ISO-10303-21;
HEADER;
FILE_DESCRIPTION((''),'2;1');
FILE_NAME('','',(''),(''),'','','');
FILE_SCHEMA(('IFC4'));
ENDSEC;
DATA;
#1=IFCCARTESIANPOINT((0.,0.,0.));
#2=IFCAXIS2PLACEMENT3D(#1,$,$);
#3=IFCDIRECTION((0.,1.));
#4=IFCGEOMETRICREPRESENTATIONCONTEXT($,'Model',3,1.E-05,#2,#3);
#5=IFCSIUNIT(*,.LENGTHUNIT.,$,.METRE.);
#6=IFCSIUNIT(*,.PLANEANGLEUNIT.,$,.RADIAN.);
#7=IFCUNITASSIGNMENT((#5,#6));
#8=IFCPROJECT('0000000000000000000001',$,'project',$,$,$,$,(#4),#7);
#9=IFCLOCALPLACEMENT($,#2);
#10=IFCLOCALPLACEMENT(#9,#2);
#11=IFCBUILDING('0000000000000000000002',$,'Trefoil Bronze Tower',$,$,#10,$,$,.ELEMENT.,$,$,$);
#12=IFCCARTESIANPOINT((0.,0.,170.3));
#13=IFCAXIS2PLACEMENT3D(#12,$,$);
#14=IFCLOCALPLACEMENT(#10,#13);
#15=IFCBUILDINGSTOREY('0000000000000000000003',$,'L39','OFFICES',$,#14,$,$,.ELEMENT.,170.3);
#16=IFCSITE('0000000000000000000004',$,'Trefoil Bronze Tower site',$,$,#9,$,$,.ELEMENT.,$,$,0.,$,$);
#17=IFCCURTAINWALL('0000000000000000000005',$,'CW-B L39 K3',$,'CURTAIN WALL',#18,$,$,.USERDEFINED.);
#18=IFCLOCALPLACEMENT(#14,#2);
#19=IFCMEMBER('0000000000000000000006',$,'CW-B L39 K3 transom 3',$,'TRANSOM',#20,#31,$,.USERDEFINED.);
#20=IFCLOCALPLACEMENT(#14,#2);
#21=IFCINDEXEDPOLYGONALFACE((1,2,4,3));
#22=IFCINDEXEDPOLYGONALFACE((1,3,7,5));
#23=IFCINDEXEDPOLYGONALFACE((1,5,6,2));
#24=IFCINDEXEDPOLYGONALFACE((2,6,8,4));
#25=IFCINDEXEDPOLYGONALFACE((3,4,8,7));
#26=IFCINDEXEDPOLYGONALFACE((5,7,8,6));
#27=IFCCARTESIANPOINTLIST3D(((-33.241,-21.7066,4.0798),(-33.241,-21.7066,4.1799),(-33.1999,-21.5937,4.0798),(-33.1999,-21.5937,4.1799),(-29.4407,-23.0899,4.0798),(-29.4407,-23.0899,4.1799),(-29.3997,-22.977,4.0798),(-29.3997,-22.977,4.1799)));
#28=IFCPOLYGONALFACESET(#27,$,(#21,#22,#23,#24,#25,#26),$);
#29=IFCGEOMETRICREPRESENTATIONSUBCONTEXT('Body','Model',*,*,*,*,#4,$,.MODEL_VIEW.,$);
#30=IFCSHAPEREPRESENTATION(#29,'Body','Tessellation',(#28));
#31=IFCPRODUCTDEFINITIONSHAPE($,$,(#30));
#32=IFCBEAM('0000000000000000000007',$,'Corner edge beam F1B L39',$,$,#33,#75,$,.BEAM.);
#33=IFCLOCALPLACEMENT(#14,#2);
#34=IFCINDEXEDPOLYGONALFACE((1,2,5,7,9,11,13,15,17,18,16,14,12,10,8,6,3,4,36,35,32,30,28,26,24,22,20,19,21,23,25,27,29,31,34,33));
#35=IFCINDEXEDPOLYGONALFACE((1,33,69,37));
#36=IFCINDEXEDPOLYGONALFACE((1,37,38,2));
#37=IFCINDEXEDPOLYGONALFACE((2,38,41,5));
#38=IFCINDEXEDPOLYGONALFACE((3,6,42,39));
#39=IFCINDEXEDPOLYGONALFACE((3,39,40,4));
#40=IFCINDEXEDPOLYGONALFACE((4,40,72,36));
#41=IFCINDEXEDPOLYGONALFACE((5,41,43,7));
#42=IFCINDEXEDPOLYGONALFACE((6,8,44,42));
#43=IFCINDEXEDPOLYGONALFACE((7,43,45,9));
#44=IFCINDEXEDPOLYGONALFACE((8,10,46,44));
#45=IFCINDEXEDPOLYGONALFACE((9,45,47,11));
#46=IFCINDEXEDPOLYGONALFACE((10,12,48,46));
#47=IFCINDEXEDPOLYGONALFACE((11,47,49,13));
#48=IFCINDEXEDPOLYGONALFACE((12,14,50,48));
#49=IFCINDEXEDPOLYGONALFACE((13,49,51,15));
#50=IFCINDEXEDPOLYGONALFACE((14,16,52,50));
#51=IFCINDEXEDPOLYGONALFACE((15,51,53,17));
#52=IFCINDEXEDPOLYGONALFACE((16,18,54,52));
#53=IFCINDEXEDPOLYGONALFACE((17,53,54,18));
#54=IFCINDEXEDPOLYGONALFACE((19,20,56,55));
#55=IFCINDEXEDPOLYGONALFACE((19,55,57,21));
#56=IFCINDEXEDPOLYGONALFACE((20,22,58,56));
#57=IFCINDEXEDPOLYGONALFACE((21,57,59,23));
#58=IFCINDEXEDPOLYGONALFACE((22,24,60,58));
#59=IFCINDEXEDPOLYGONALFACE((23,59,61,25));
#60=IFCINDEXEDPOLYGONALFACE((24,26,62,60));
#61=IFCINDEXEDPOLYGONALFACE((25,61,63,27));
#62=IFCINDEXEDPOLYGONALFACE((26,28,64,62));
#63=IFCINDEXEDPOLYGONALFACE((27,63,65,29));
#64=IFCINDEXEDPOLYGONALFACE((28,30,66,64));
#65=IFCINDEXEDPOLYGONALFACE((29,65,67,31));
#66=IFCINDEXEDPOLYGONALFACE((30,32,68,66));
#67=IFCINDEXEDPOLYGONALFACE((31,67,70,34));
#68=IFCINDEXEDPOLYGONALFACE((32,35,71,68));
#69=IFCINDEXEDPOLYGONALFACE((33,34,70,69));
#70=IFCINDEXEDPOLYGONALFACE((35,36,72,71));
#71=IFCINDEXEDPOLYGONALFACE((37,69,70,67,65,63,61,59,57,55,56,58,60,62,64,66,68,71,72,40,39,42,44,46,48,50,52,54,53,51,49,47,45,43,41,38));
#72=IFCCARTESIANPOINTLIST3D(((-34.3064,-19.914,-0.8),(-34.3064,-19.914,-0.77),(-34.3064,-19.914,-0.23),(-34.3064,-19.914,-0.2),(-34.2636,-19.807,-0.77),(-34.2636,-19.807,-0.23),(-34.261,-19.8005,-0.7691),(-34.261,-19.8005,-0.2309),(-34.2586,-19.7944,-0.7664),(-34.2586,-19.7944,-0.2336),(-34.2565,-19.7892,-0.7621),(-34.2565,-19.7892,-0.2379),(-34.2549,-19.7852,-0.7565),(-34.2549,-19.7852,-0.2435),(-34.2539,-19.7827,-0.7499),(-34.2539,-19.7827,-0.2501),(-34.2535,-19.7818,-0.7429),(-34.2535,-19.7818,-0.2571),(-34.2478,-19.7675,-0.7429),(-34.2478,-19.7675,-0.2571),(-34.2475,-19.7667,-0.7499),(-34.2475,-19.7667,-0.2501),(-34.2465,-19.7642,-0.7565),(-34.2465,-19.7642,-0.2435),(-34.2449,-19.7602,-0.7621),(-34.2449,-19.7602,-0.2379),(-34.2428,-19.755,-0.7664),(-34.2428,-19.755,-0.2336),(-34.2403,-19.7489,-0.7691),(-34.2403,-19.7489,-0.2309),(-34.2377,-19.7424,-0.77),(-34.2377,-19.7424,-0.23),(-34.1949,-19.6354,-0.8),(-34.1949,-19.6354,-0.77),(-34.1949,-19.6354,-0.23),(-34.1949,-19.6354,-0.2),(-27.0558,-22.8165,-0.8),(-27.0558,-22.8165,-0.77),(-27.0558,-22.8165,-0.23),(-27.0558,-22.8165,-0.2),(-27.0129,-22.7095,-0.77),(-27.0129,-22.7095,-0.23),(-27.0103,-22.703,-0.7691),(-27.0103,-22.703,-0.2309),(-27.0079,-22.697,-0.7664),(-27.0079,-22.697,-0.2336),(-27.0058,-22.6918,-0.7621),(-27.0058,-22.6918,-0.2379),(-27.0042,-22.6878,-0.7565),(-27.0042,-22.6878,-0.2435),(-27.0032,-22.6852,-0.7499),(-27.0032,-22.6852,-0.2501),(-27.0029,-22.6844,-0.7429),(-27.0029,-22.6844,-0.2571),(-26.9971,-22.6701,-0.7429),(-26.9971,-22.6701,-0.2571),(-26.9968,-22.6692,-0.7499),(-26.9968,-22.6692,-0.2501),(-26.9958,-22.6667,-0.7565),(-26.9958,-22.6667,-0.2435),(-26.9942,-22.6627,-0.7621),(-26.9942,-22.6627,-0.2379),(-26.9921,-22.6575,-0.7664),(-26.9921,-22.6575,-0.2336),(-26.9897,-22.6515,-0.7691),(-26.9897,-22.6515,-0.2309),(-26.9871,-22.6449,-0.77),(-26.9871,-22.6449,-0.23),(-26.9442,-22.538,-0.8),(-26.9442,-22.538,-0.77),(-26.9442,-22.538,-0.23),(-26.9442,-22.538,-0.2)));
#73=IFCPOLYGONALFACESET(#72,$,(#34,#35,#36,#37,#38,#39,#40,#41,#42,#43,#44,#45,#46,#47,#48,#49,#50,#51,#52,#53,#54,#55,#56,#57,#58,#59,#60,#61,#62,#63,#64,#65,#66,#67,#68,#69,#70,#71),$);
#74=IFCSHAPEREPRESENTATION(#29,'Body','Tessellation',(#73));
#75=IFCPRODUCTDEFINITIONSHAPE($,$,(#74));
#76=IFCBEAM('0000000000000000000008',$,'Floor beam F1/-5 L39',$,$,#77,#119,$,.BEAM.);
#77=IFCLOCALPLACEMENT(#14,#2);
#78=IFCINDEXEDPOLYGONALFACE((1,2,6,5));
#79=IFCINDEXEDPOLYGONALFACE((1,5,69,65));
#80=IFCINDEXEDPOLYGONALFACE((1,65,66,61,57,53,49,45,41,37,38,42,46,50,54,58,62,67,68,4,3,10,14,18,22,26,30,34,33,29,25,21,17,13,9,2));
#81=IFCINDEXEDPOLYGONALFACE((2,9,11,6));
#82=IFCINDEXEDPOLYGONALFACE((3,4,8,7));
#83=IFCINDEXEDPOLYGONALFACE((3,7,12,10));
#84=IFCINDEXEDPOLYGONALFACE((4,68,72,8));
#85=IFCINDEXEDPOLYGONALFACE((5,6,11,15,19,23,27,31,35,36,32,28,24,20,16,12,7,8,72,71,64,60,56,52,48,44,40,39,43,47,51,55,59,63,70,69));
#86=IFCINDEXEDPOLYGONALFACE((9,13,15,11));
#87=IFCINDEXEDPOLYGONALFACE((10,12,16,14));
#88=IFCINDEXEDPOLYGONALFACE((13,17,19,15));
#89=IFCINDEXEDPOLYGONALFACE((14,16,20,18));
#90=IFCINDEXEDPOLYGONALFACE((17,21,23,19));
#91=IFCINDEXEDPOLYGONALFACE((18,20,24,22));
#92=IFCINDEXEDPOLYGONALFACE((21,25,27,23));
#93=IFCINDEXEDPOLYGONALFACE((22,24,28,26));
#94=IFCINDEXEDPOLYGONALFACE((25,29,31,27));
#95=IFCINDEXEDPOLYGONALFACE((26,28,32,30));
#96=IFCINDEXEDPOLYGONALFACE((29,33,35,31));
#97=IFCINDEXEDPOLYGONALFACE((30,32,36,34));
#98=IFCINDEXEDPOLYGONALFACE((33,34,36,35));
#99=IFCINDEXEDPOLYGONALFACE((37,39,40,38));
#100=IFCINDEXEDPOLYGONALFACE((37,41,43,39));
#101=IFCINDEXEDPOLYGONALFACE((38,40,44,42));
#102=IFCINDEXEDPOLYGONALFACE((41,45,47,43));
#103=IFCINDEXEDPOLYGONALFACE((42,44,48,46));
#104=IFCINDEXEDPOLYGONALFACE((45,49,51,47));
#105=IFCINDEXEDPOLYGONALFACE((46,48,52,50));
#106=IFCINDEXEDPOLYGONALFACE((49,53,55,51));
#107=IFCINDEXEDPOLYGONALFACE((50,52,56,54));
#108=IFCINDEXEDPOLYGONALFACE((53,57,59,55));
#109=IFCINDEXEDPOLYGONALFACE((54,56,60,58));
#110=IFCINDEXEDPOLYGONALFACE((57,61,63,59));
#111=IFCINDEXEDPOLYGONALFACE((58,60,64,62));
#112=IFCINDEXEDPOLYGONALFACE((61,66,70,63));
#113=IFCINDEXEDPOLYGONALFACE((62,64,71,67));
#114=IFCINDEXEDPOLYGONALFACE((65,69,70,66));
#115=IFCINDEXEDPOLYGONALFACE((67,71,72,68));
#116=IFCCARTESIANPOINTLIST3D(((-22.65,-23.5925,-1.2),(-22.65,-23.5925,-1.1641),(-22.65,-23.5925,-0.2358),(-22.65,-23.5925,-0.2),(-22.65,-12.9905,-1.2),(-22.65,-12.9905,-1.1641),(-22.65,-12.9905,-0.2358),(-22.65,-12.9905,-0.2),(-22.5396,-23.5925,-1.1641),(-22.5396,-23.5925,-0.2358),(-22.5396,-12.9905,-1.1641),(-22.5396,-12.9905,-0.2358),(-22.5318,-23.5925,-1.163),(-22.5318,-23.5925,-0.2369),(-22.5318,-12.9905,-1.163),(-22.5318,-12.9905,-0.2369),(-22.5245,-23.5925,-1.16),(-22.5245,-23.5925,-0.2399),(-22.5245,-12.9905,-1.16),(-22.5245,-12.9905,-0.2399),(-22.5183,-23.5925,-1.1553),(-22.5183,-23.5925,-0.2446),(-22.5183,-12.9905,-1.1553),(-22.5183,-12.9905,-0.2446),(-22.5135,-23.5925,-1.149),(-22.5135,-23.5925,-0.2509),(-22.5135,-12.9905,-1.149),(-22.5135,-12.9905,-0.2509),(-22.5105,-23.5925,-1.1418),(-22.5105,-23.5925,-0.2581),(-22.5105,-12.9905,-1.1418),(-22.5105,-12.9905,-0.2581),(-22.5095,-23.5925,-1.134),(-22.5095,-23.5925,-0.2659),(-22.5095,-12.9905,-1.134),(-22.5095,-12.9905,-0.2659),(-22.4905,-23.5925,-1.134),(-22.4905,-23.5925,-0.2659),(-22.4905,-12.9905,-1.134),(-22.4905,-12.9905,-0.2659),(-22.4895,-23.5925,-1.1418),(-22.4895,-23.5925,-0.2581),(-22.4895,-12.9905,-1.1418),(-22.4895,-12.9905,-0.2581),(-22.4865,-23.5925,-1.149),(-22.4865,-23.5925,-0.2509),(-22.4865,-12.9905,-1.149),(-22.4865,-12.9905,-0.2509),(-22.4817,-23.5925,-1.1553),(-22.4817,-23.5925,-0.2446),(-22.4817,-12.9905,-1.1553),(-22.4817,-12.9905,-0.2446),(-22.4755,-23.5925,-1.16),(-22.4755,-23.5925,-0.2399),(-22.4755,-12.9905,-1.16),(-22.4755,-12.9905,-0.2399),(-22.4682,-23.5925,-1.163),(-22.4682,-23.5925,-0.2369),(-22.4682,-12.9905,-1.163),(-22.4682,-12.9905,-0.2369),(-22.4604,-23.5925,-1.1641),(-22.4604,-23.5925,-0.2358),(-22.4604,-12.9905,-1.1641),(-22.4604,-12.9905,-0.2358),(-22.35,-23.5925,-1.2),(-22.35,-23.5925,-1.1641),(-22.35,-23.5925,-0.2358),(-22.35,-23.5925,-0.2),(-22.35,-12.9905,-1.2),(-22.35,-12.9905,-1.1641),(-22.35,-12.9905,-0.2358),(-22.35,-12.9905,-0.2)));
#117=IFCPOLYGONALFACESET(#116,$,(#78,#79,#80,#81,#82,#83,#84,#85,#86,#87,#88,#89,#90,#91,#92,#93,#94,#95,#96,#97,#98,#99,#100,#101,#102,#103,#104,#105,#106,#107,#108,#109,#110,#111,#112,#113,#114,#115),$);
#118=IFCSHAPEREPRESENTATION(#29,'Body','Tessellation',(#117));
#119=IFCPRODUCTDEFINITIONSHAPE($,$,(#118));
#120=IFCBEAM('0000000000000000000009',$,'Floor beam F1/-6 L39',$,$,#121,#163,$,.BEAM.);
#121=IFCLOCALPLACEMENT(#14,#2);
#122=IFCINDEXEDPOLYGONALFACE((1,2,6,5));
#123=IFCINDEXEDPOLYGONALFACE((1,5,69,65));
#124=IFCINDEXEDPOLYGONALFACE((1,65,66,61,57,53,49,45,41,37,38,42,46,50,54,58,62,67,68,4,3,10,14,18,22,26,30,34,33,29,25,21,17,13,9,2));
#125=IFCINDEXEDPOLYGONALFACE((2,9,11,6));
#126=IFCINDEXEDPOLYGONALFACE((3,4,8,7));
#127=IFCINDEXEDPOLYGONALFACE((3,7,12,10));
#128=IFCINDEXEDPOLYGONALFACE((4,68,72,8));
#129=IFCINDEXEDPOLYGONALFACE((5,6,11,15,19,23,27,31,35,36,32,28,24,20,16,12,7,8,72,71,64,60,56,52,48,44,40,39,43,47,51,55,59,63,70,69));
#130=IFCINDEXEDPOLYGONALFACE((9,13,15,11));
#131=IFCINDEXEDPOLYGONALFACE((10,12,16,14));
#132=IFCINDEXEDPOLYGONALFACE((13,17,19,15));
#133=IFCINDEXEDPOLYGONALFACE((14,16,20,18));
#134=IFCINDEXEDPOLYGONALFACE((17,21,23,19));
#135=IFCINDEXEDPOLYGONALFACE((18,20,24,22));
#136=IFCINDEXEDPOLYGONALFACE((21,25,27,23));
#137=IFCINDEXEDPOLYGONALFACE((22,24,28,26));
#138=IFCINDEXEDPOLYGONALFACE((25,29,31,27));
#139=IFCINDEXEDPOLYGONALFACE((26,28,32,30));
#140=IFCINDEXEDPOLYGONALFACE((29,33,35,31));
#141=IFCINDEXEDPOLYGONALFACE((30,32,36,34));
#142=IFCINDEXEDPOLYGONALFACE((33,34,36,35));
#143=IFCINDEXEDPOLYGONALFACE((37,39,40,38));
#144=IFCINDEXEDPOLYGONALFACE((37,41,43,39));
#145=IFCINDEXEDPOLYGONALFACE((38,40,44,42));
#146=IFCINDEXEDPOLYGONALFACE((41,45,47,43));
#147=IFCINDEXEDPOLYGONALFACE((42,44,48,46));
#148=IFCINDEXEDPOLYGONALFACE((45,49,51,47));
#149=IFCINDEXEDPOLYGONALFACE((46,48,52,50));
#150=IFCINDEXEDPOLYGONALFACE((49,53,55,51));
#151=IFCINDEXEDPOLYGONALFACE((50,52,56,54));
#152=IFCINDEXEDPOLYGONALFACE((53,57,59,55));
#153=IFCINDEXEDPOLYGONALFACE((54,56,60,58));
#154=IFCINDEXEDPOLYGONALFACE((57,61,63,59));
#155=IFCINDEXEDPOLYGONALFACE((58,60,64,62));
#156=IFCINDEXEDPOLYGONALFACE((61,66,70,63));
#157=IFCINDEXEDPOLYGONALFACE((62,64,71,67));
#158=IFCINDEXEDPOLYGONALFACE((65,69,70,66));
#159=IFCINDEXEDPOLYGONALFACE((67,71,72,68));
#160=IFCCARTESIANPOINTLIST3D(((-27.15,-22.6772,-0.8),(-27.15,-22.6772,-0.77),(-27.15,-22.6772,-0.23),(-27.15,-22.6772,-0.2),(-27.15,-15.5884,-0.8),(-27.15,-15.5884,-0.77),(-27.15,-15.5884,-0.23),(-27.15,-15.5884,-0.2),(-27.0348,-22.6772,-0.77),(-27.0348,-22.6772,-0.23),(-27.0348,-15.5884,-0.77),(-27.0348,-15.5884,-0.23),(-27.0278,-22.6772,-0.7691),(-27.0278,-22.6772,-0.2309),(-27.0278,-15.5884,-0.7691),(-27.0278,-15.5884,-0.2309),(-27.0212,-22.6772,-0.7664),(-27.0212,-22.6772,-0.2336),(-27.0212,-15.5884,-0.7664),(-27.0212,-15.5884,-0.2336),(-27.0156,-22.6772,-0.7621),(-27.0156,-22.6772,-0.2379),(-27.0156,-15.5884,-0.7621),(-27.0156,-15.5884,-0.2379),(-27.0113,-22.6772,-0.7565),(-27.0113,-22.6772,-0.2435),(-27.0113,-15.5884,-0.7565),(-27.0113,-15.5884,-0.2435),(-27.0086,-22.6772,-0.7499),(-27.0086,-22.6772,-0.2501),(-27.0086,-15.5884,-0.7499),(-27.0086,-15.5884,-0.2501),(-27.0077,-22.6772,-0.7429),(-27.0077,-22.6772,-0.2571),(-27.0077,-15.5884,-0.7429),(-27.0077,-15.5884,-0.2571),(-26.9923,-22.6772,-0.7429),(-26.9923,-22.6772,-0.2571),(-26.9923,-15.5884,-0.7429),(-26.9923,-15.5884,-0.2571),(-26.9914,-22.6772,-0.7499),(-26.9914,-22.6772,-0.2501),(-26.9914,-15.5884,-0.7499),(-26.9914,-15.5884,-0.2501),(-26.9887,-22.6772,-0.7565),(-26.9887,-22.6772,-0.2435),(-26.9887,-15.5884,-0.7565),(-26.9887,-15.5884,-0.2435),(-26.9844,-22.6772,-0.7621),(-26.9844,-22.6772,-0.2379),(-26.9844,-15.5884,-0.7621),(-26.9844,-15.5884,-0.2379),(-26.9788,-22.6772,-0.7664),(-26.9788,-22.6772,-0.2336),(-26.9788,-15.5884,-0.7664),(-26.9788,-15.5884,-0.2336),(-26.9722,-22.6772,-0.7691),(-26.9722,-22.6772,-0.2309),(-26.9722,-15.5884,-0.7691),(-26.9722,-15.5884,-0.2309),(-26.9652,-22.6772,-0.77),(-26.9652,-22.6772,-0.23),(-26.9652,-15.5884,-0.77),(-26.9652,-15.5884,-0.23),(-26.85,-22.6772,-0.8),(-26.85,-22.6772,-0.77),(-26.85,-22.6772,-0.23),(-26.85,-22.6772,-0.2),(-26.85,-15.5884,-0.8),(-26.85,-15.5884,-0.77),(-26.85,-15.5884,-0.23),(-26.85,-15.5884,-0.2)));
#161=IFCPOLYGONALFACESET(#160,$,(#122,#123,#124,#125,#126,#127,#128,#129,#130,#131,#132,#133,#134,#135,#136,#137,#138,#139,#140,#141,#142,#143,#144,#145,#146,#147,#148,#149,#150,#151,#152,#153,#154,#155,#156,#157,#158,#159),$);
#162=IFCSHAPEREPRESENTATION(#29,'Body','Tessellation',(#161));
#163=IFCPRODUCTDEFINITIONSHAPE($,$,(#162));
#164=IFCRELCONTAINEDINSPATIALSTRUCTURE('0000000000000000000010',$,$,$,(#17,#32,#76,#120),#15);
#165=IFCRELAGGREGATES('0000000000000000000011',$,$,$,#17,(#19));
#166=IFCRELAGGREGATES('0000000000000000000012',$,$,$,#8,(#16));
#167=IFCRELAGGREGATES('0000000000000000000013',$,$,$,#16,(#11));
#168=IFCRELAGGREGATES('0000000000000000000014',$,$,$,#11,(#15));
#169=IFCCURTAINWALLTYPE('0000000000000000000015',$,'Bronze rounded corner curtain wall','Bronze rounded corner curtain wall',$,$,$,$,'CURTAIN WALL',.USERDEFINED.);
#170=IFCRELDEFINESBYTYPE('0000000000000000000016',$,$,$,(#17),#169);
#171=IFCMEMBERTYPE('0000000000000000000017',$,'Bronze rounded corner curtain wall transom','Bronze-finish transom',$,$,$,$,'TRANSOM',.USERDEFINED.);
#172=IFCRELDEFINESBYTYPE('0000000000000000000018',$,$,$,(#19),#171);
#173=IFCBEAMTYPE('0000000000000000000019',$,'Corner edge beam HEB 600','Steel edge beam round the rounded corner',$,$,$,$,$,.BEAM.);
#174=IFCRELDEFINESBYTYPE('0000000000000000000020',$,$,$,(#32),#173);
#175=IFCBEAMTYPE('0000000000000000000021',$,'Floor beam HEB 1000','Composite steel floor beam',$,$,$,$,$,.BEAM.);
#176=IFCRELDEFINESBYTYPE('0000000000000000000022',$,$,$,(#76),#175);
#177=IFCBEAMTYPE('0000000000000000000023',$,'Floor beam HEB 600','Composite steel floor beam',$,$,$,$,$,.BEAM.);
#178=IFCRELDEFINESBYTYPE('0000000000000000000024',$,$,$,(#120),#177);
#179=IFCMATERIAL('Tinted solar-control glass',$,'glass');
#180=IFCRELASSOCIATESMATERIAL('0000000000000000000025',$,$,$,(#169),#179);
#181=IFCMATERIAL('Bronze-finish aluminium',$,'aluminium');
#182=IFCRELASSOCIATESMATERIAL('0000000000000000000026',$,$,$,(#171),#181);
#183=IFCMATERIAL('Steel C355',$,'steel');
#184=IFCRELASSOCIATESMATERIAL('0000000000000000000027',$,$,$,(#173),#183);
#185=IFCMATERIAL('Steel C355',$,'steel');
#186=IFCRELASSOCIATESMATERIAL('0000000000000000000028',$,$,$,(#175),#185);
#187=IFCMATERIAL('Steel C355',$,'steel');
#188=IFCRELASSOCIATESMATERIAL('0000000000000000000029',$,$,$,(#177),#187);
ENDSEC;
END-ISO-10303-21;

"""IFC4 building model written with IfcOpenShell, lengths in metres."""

from ifc_helpers import new_model, si_unit, direction, frame, origin, origin_2d, place, context, subcontext, project, spatial, rectangle, i_section, extrude, material, material_profile, profile_set, type_object, element, aggregate, save


model = new_model("IFC4")

# Units and contexts
model_context = context("Model", 3, precision=1e-05, world=origin(), true_north=direction((0.0, 1.0)))
body_context = subcontext(model_context, "Body", "Model", "MODEL_VIEW")
ifc_project = project(units=[si_unit("LENGTHUNIT", "METRE"), si_unit("PLANEANGLEUNIT", "RADIAN")], contexts=[model_context])

# Site, building, storey
site_placement = place(None, origin())
site = spatial("IfcSite", under=ifc_project, at=site_placement, Name="Trefoil Bronze Tower site", CompositionType="ELEMENT", RefElevation=0.0)
building_placement = place(site_placement, origin())
building = spatial("IfcBuilding", under=site, at=building_placement, Name="Trefoil Bronze Tower", CompositionType="ELEMENT")
storey_placement = place(building_placement, frame((0.0, 0.0, 170.3)))
storey = spatial("IfcBuildingStorey", under=building, at=storey_placement, Name="L39", Description="OFFICES", CompositionType="ELEMENT", Elevation=170.3)

# Curtain wall, member
ifc_material_1 = material(Name="Tinted solar-control glass", Category="glass")
curtain_wall_type_1 = type_object("IfcCurtainWallType", Name="Bronze rounded corner curtain wall", Description="Bronze rounded corner curtain wall", ElementType="CURTAIN WALL", PredefinedType="USERDEFINED", material=ifc_material_1)
curtain_wall_1_placement = place(storey_placement, origin())
curtain_wall_1 = element("IfcCurtainWall", 1, at=curtain_wall_1_placement, inside=storey, type_object=curtain_wall_type_1, Name="CW-B L39 K3", ObjectType="CURTAIN WALL", PredefinedType="USERDEFINED")
ifc_material_2 = material(Name="Bronze-finish aluminium", Category="aluminium")
ifc_material_profile_1 = material_profile(ifc_material_2, rectangle(XDim=0.1201, YDim=0.1001, at=origin_2d()), Name="CW-B transom")
ifc_profile_set_1 = profile_set([ifc_material_profile_1], Name="Bronze-finish aluminium")
member_type_1 = type_object("IfcMemberType", Name="Bronze rounded corner curtain wall transom", Description="Bronze-finish transom", ElementType="TRANSOM", PredefinedType="USERDEFINED", material=ifc_profile_set_1)
member_1_placement = place(storey_placement, frame((-33.2205, -21.6501, 4.1299), z_axis=(0.939684, -0.342044, 0.0), x_axis=(0.342044, 0.939684, 0.0)))
member_1 = element("IfcMember", 2, at=member_1_placement, type_object=member_type_1, Name="CW-B L39 K3 transom 3", ObjectType="TRANSOM", PredefinedType="USERDEFINED", context=body_context, shape_type="SweptSolid", body=[
    extrude(rectangle(XDim=0.1201, YDim=0.1001, at=origin_2d()), origin(), (0.0, 0.0, 1.0), 4.0442),
])

# Beams
ifc_material_3 = material(Name="Steel C355", Category="steel")
ifc_material_profile_2 = material_profile(ifc_material_3, i_section(OverallWidth=0.3, OverallDepth=0.6001, WebThickness=0.0154, FlangeThickness=0.03, FilletRadius=0.0271, at=origin_2d()), Name="HEB 600")
ifc_profile_set_2 = profile_set([ifc_material_profile_2], Name="Steel C355")
beam_type_1 = type_object("IfcBeamType", Name="Corner edge beam HEB 600", Description="Steel edge beam round the rounded corner", PredefinedType="BEAM", material=ifc_profile_set_2)
beam_1_placement = place(storey_placement, frame((-27.0, -22.6772, -0.5), z_axis=(-0.928375, 0.371644, 0.0), x_axis=(-0.371644, -0.928375, 0.0)))
element("IfcBeam", 3, at=beam_1_placement, inside=storey, type_object=beam_type_1, Name="Corner edge beam F1B L39", PredefinedType="BEAM", context=body_context, shape_type="SweptSolid", body=[
    extrude(i_section(OverallWidth=0.3, OverallDepth=0.6001, WebThickness=0.0154, FlangeThickness=0.03, FilletRadius=0.0271, at=origin_2d()), origin(), (0.0, 0.0, 1.0), 7.8101),
])
ifc_material_4 = material(Name="Steel C355", Category="steel")
ifc_material_profile_3 = material_profile(ifc_material_4, i_section(OverallWidth=0.3, OverallDepth=1.0, WebThickness=0.019, FlangeThickness=0.0359, FilletRadius=0.03, at=origin_2d()), Name="HEB 1000")
ifc_profile_set_3 = profile_set([ifc_material_profile_3], Name="Steel C355")
beam_type_2 = type_object("IfcBeamType", Name="Floor beam HEB 1000", Description="Composite steel floor beam", PredefinedType="BEAM", material=ifc_profile_set_3)
beam_2_placement = place(storey_placement, frame((-22.5, -23.5925, -0.7), z_axis=(0.0, 1.0, 0.0), x_axis=(-1.0, 0.0, 0.0)))
element("IfcBeam", 4, at=beam_2_placement, inside=storey, type_object=beam_type_2, Name="Floor beam F1/-5 L39", PredefinedType="BEAM", context=body_context, shape_type="SweptSolid", body=[
    extrude(i_section(OverallWidth=0.3, OverallDepth=1.0, WebThickness=0.019, FlangeThickness=0.0359, FilletRadius=0.03, at=origin_2d()), origin(), (0.0, 0.0, 1.0), 10.6021),
])
ifc_material_5 = material(Name="Steel C355", Category="steel")
ifc_material_profile_4 = material_profile(ifc_material_5, i_section(OverallWidth=0.3, OverallDepth=0.6001, WebThickness=0.0154, FlangeThickness=0.03, FilletRadius=0.0271, at=origin_2d()), Name="HEB 600")
ifc_profile_set_4 = profile_set([ifc_material_profile_4], Name="Steel C355")
beam_type_3 = type_object("IfcBeamType", Name="Floor beam HEB 600", Description="Composite steel floor beam", PredefinedType="BEAM", material=ifc_profile_set_4)
beam_3_placement = place(storey_placement, frame((-27.0, -22.6772, -0.5), z_axis=(0.0, 1.0, 0.0), x_axis=(-1.0, 0.0, 0.0)))
element("IfcBeam", 5, at=beam_3_placement, inside=storey, type_object=beam_type_3, Name="Floor beam F1/-6 L39", PredefinedType="BEAM", context=body_context, shape_type="SweptSolid", body=[
    extrude(i_section(OverallWidth=0.3, OverallDepth=0.6001, WebThickness=0.0154, FlangeThickness=0.03, FilletRadius=0.0271, at=origin_2d()), origin(), (0.0, 0.0, 1.0), 7.0889),
])

aggregate(curtain_wall_1, [member_1])

save(model, "model.ifc")
